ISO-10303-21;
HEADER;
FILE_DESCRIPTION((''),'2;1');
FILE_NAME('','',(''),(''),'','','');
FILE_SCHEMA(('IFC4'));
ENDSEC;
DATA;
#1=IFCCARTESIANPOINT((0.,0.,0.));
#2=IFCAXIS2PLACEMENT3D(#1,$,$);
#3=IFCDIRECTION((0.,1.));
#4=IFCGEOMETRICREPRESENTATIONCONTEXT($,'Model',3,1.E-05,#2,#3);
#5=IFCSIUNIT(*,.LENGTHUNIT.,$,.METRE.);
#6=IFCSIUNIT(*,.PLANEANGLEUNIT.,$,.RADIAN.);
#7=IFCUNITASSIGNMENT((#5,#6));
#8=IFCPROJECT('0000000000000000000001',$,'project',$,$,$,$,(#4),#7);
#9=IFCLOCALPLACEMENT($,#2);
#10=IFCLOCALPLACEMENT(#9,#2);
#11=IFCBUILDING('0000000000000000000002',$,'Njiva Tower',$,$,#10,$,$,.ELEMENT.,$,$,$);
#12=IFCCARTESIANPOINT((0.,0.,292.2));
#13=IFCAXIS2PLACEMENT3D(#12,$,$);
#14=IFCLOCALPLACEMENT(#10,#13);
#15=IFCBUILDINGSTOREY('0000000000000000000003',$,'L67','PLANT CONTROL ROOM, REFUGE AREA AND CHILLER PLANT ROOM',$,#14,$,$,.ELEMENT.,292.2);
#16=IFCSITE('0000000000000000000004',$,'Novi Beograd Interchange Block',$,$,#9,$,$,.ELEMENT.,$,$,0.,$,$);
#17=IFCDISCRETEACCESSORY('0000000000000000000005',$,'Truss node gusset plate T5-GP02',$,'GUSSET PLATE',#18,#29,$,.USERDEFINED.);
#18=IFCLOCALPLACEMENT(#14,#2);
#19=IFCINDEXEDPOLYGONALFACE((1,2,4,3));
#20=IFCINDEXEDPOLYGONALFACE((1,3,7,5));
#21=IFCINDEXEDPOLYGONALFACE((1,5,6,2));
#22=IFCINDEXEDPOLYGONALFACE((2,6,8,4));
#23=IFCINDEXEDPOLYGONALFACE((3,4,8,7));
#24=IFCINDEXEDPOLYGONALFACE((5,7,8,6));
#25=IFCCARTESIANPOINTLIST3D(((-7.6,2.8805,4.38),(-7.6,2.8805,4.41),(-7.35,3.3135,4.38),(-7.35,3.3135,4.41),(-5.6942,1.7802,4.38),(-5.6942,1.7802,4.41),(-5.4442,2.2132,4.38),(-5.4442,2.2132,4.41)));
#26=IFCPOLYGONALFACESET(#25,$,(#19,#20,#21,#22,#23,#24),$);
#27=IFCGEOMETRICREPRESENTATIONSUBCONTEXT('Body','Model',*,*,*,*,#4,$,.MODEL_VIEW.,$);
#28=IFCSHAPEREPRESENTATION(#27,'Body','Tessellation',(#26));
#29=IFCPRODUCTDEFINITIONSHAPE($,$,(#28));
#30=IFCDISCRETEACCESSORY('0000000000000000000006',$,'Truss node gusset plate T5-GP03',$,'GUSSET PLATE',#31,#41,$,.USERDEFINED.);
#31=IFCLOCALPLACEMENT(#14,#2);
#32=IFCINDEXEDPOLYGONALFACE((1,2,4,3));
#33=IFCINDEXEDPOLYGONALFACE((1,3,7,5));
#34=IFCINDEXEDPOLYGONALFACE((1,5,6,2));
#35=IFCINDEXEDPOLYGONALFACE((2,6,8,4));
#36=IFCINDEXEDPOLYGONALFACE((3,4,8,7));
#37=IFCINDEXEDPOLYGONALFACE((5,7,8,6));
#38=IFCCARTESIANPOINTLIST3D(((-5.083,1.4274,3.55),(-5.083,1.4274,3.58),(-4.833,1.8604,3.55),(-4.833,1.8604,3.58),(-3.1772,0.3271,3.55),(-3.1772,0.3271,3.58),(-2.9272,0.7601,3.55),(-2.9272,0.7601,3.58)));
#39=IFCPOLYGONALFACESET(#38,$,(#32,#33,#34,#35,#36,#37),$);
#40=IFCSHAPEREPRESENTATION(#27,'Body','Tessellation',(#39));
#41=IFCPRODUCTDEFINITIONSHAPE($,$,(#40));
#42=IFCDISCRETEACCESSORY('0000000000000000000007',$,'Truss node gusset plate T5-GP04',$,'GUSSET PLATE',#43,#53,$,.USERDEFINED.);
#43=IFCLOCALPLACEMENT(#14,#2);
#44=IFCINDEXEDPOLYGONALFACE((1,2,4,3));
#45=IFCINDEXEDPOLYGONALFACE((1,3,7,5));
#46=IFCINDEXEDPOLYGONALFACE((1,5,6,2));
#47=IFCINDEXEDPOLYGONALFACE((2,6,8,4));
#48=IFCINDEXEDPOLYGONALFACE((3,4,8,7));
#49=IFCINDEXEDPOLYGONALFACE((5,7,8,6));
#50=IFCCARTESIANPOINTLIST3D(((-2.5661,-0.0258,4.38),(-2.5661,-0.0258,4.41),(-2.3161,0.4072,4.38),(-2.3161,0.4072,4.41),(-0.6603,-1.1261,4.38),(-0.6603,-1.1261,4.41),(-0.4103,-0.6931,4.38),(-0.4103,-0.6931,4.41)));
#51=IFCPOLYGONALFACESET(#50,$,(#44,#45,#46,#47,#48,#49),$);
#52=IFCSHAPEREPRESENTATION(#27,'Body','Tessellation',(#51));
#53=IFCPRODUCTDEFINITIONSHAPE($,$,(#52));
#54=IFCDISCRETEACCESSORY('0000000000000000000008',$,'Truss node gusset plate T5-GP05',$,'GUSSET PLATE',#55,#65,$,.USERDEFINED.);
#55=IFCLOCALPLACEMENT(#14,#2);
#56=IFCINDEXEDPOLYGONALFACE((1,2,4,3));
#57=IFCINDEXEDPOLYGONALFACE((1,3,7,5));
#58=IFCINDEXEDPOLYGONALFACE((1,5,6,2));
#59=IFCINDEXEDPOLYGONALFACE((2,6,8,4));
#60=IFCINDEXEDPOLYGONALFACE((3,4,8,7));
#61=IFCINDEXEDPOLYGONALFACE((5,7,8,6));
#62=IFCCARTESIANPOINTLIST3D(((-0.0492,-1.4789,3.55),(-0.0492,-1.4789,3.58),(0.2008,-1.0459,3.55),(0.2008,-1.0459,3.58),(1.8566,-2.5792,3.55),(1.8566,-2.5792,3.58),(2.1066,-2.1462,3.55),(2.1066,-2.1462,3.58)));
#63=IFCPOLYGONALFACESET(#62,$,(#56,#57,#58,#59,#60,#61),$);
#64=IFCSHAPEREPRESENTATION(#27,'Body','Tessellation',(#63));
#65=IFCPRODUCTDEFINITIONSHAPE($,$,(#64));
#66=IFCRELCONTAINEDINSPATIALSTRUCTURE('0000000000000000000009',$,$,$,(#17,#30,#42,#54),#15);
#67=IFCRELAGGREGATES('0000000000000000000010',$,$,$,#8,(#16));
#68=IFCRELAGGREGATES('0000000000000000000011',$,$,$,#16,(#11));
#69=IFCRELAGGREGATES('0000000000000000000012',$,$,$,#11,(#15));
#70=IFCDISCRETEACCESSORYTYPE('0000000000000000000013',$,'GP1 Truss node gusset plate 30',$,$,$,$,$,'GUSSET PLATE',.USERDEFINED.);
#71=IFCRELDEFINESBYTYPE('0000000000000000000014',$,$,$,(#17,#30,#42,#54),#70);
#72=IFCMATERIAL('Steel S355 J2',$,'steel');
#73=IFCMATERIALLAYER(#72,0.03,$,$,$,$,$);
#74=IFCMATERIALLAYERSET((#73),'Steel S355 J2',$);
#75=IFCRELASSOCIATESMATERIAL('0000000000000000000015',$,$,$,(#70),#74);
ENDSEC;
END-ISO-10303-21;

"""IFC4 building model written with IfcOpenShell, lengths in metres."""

from ifc_helpers import new_model, si_unit, direction, frame, origin, place, context, subcontext, project, spatial, polyline, outline, extrude, material, layer, layer_set, type_object, element, save


model = new_model("IFC4")

# Units and contexts
model_context = context("Model", 3, precision=1e-05, world=origin(), true_north=direction((0.0, 1.0)))
body_context = subcontext(model_context, "Body", "Model", "MODEL_VIEW")
ifc_project = project(units=[si_unit("LENGTHUNIT", "METRE"), si_unit("PLANEANGLEUNIT", "RADIAN")], contexts=[model_context])

# Site, building, storey
site_placement = place(None, origin())
site = spatial("IfcSite", under=ifc_project, at=site_placement, Name="Novi Beograd Interchange Block", CompositionType="ELEMENT", RefElevation=0.0)
building_placement = place(site_placement, origin())
building = spatial("IfcBuilding", under=site, at=building_placement, Name="Njiva Tower", CompositionType="ELEMENT")
storey_placement = place(building_placement, frame((0.0, 0.0, 292.2)))
storey = spatial("IfcBuildingStorey", under=building, at=storey_placement, Name="L67", Description="PLANT CONTROL ROOM, REFUGE AREA AND CHILLER PLANT ROOM", CompositionType="ELEMENT", Elevation=292.2)

# Shared definitions
ifc_material_1 = material(Name="Steel S355 J2", Category="steel")

# Discrete accessories
ifc_layer_1 = layer(ifc_material_1, 0.03)
ifc_layer_set_1 = layer_set([ifc_layer_1], Name="Steel S355 J2")
discrete_accessory_type = type_object("IfcDiscreteAccessoryType", Name="GP1 Truss node gusset plate 30", ElementType="GUSSET PLATE", PredefinedType="USERDEFINED", material=ifc_layer_set_1)
for number, where, name in (
    (1, (-6.5221, 2.5469, 4.38), "Truss node gusset plate T5-GP02"),
    (2, (-4.0051, 1.0938, 3.55), "Truss node gusset plate T5-GP03"),
):
    element("IfcDiscreteAccessory", number, at=place(storey_placement, frame(where)), inside=storey, type_object=discrete_accessory_type, Name=name, ObjectType="GUSSET PLATE", PredefinedType="USERDEFINED", context=body_context, shape_type="SweptSolid", body=[
        extrude(outline(polyline([(-1.0779, 0.3336), (0.8279, -0.7667), (1.0779, -0.3337), (-0.8279, 0.7666), (-1.0779, 0.3336)])), origin(), (0.0, 0.0, 1.0), 0.03),
    ])
for number, where, name in (
    (3, (-1.4882, -0.3595, 4.38), "Truss node gusset plate T5-GP04"),
    (4, (1.0287, -1.8126, 3.55), "Truss node gusset plate T5-GP05"),
):
    element("IfcDiscreteAccessory", number, at=place(storey_placement, frame(where)), inside=storey, type_object=discrete_accessory_type, Name=name, ObjectType="GUSSET PLATE", PredefinedType="USERDEFINED", context=body_context, shape_type="SweptSolid", body=[
        extrude(outline(polyline([(-1.0779, 0.3337), (0.8279, -0.7666), (1.0779, -0.3336), (-0.8279, 0.7667), (-1.0779, 0.3337)])), origin(), (0.0, 0.0, 1.0), 0.03),
    ])

save(model, "model.ifc")
